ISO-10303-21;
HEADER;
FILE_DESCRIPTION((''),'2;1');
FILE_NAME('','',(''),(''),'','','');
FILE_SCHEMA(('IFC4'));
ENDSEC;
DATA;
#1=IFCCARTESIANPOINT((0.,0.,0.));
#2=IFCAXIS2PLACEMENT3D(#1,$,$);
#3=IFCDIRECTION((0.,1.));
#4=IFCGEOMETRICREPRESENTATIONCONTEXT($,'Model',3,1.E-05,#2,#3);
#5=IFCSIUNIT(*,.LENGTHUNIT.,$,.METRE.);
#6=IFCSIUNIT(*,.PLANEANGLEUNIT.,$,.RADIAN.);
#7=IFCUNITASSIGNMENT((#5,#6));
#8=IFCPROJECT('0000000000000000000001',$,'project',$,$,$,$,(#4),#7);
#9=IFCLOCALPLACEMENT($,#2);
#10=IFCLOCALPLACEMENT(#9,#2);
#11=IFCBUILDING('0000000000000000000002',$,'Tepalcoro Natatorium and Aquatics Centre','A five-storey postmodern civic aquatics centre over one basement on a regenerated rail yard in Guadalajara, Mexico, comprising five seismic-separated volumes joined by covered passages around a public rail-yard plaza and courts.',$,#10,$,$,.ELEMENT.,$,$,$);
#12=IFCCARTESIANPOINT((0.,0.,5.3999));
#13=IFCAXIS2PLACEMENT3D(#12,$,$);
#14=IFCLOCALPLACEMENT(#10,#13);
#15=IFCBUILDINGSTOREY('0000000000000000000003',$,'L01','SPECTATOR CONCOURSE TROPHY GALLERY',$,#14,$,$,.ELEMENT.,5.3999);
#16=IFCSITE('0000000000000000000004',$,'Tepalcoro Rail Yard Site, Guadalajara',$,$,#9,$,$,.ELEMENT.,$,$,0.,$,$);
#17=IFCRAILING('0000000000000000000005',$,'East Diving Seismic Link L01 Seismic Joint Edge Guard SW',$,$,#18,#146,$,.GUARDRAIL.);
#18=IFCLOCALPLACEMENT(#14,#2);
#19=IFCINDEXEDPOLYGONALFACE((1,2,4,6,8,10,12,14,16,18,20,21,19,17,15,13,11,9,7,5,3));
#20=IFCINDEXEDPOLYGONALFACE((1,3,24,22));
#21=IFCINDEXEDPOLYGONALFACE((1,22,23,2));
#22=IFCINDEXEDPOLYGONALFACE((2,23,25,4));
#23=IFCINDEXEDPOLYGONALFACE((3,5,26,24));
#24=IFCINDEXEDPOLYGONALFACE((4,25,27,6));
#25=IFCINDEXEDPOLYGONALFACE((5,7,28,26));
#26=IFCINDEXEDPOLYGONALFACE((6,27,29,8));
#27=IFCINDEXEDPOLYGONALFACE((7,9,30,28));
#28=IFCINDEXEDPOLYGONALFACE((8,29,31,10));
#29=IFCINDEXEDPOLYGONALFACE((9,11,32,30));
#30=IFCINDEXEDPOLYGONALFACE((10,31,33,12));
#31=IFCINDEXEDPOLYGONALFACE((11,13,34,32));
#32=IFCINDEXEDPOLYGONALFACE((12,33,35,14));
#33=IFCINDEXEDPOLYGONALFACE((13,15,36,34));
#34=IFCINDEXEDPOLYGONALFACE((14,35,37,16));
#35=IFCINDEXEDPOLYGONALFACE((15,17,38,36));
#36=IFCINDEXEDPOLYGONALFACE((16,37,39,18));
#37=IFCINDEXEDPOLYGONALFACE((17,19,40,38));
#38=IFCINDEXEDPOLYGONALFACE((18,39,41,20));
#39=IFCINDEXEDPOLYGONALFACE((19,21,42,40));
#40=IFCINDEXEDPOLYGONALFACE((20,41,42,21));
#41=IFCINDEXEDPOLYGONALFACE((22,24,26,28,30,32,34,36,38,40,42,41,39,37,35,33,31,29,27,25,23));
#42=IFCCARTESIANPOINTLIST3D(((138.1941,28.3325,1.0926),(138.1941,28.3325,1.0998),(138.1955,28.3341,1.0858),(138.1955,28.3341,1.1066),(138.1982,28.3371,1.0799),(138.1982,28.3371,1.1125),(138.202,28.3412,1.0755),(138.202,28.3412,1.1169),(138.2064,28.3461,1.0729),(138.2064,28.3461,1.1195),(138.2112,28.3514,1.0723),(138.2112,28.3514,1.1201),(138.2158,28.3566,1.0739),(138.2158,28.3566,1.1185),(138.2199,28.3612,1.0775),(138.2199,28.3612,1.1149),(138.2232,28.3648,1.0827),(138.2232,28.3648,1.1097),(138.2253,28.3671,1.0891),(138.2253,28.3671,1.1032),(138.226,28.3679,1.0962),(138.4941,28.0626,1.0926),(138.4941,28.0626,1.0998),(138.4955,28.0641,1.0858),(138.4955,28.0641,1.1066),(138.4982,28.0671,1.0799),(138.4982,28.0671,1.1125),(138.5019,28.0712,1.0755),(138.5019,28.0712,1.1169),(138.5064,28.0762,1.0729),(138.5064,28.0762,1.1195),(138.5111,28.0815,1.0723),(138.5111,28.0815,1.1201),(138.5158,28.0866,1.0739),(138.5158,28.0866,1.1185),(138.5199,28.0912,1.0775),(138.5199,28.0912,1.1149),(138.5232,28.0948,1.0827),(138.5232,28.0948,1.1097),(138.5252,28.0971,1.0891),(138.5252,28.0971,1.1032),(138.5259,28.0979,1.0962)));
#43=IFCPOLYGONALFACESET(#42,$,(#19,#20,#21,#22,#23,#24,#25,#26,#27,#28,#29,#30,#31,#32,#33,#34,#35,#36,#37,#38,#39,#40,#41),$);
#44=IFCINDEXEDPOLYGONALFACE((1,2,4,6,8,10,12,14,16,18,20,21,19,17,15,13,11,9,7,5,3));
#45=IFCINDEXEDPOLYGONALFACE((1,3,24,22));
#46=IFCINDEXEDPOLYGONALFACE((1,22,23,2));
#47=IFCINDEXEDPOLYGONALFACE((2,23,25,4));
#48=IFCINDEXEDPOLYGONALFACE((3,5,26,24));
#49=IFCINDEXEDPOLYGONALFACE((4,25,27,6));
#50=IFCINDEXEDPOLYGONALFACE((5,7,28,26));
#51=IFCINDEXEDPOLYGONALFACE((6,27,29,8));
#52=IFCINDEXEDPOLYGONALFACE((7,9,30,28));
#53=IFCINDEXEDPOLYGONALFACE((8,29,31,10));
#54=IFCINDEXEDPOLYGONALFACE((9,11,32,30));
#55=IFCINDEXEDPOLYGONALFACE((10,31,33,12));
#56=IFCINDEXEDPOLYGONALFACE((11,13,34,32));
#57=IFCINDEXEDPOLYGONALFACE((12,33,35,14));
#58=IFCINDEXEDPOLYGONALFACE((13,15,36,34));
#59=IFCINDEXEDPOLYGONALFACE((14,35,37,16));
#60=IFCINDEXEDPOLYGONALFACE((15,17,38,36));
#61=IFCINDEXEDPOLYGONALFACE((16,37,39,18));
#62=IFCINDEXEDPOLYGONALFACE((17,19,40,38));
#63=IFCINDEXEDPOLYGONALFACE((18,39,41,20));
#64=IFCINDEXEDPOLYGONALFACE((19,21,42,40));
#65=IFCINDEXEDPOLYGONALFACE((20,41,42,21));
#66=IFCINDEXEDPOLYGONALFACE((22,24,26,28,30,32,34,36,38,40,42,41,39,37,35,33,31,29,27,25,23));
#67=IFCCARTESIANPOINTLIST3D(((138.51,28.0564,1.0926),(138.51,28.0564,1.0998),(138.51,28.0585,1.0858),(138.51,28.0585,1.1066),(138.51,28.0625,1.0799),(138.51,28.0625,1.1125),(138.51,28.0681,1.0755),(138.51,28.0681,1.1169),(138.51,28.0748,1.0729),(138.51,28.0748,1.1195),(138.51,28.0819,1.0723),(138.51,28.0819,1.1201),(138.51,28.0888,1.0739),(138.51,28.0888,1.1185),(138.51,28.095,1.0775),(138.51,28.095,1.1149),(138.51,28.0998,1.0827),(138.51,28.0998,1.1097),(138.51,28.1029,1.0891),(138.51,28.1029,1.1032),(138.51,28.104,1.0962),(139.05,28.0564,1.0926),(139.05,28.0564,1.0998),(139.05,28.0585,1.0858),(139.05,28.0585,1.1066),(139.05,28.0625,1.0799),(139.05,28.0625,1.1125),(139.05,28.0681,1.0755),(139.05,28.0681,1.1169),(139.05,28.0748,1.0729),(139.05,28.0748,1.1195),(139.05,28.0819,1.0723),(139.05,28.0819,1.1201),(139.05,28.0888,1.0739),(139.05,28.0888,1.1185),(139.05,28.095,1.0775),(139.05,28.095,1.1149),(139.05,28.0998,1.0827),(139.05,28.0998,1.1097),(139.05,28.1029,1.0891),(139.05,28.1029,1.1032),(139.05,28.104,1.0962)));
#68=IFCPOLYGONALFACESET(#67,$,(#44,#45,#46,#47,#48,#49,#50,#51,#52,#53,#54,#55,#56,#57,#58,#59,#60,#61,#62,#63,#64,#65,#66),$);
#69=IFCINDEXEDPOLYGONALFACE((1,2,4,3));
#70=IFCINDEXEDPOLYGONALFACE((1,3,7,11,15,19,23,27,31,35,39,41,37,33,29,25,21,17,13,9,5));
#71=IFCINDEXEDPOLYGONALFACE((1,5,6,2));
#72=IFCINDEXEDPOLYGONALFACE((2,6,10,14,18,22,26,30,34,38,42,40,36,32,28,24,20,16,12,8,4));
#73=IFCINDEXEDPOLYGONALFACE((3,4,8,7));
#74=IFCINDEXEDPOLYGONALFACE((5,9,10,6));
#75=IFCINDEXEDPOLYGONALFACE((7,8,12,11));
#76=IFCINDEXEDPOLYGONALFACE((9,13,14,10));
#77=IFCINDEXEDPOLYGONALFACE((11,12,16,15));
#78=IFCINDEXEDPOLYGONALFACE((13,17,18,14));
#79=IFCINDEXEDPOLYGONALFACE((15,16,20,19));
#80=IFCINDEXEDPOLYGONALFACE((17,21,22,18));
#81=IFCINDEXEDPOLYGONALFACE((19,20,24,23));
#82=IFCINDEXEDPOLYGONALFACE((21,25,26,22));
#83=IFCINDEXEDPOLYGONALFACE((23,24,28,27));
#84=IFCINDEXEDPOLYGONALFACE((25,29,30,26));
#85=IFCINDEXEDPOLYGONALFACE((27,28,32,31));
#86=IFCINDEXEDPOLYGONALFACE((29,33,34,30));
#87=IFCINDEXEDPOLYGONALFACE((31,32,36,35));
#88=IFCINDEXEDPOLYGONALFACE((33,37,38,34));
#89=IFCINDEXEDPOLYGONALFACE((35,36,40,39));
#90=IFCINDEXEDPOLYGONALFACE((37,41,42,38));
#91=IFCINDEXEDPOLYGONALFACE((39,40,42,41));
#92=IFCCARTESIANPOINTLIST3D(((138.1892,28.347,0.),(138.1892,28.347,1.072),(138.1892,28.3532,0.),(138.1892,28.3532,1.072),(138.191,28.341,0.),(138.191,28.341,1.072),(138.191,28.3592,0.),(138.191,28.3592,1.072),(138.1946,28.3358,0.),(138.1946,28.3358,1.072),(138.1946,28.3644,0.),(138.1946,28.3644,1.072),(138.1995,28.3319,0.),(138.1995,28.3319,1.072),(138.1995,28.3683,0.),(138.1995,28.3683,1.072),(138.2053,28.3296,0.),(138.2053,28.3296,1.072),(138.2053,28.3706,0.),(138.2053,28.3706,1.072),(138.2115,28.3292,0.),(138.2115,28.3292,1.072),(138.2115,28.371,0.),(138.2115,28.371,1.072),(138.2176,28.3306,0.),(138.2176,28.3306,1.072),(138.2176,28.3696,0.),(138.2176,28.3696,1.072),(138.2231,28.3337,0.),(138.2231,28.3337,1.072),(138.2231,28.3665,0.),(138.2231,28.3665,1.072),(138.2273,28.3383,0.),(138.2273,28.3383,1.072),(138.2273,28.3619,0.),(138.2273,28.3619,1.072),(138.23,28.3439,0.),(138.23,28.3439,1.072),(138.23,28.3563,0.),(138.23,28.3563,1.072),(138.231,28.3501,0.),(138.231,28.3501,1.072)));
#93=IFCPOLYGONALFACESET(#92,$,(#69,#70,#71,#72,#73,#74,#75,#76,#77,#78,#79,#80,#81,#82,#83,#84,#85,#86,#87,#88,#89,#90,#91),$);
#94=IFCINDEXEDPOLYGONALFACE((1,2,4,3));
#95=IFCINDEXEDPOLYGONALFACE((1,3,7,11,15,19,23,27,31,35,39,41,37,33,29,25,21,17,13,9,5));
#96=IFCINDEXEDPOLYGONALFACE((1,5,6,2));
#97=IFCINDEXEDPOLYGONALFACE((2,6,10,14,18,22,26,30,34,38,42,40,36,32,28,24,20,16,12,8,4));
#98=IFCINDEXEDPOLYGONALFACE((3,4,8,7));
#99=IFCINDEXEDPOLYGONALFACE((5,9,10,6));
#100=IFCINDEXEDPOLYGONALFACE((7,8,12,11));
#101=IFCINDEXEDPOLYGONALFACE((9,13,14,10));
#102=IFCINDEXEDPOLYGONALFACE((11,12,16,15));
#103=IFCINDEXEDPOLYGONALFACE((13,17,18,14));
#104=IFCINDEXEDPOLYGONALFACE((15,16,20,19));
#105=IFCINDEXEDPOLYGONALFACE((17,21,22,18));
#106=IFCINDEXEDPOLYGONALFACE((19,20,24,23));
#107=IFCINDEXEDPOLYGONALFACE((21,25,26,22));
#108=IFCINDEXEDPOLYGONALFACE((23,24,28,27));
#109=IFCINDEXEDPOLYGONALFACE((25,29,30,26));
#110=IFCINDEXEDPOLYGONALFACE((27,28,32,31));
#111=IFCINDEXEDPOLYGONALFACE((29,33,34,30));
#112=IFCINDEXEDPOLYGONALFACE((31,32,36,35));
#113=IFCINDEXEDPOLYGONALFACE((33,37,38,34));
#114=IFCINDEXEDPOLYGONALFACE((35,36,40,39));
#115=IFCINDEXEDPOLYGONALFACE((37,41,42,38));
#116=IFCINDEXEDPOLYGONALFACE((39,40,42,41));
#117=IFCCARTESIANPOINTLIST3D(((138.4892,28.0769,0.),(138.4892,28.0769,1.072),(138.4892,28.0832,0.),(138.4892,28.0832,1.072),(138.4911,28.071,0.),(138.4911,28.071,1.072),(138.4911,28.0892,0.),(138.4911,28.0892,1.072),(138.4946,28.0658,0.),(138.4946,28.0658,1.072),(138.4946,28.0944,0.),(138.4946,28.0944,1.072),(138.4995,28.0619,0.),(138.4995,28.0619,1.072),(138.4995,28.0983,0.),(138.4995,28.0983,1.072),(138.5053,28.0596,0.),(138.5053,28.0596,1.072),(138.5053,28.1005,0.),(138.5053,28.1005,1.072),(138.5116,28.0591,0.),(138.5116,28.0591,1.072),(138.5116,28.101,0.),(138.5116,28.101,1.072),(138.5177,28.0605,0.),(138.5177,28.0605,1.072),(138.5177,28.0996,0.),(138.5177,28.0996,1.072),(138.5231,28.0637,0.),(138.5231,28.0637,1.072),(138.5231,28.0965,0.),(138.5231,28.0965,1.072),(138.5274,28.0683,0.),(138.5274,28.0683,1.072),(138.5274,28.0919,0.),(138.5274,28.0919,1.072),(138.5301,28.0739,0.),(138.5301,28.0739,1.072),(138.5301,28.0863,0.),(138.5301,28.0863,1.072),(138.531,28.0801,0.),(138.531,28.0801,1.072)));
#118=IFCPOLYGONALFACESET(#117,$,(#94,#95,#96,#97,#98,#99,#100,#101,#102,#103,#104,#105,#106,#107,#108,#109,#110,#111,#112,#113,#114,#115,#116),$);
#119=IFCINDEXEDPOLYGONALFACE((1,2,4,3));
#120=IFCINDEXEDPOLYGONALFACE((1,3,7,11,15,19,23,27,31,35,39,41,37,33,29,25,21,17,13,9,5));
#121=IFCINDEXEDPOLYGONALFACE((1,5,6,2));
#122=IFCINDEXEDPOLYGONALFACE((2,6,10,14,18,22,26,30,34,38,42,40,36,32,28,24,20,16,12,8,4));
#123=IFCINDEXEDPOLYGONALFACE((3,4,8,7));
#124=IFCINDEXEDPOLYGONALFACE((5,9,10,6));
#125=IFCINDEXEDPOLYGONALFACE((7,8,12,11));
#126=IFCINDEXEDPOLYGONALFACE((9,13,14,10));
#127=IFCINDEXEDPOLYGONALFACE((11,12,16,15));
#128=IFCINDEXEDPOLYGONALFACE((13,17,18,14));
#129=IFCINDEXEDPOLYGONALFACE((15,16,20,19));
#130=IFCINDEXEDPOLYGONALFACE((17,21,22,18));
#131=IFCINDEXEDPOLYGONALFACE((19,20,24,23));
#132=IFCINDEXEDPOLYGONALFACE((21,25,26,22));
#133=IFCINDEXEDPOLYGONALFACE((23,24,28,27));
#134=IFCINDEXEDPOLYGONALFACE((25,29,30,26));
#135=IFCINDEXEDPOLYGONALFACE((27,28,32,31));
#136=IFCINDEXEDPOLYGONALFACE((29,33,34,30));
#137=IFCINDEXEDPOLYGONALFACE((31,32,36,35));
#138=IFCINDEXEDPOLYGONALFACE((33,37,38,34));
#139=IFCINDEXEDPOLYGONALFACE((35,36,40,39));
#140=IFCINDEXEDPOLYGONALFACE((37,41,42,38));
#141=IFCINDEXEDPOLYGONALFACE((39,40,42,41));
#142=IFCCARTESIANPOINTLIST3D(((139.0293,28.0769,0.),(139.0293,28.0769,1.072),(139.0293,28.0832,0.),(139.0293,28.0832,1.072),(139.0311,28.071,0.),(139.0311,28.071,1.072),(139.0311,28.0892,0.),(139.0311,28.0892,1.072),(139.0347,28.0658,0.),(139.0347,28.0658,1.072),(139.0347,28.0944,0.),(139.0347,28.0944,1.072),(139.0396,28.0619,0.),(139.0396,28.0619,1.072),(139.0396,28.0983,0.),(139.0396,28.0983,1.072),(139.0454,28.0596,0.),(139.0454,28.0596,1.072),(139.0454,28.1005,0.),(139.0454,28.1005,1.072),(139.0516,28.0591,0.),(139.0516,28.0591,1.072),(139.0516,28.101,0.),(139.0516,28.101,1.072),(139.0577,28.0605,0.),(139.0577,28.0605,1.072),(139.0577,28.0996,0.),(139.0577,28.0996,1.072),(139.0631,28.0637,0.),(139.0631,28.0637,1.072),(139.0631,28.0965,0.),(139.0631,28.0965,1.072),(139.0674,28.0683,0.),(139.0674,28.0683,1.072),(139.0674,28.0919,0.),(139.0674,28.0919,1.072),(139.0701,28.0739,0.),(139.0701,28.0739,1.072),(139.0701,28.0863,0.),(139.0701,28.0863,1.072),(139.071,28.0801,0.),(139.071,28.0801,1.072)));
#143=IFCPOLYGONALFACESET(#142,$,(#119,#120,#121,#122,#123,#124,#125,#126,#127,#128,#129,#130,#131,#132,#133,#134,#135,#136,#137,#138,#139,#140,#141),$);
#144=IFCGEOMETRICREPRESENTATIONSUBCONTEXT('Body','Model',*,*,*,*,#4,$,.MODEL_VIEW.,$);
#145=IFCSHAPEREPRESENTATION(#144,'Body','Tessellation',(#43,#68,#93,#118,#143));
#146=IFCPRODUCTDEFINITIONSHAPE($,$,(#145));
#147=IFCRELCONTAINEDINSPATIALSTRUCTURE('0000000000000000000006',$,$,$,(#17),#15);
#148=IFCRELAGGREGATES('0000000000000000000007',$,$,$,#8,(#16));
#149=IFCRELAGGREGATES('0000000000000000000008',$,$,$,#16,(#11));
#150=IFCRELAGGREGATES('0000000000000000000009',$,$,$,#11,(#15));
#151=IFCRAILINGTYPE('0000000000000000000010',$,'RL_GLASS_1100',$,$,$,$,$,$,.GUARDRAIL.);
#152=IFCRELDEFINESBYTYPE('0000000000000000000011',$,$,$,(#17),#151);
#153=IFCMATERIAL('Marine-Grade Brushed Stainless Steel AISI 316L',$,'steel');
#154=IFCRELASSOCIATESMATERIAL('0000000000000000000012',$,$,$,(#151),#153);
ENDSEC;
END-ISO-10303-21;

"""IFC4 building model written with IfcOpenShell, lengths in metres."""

from ifc_helpers import new_model, si_unit, direction, frame, origin, origin_2d, place, context, subcontext, project, spatial, circle, extrude, material, type_object, element, save


model = new_model("IFC4")

# Units and contexts
model_context = context("Model", 3, precision=1e-05, world=origin(), true_north=direction((0.0, 1.0)))
body_context = subcontext(model_context, "Body", "Model", "MODEL_VIEW")
ifc_project = project(units=[si_unit("LENGTHUNIT", "METRE"), si_unit("PLANEANGLEUNIT", "RADIAN")], contexts=[model_context])

# Site, building, storey
site_placement = place(None, origin())
site = spatial("IfcSite", under=ifc_project, at=site_placement, Name="Tepalcoro Rail Yard Site, Guadalajara", CompositionType="ELEMENT", RefElevation=0.0)
building_placement = place(site_placement, origin())
building = spatial("IfcBuilding", under=site, at=building_placement, Name="Tepalcoro Natatorium and Aquatics Centre", Description="A five-storey postmodern civic aquatics centre over one basement on a regenerated rail yard in Guadalajara, Mexico, comprising five seismic-separated volumes joined by covered passages around a public rail-yard plaza and courts.", CompositionType="ELEMENT")
storey_placement = place(building_placement, frame((0.0, 0.0, 5.3999)))
storey = spatial("IfcBuildingStorey", under=building, at=storey_placement, Name="L01", Description="SPECTATOR CONCOURSE TROPHY GALLERY", CompositionType="ELEMENT", Elevation=5.3999)

# Railing
ifc_material_1 = material(Name="Marine-Grade Brushed Stainless Steel AISI 316L", Category="steel")
railing_type = type_object("IfcRailingType", Name="RL_GLASS_1100", PredefinedType="GUARDRAIL", material=ifc_material_1)
railing_1_placement = place(storey_placement, frame((138.21, 28.3501, 0.0)))
element("IfcRailing", 1, at=railing_1_placement, inside=storey, type_object=railing_type, Name="East Diving Seismic Link L01 Seismic Joint Edge Guard SW", PredefinedType="GUARDRAIL", context=body_context, shape_type="SweptSolid", body=[
    extrude(circle(Radius=0.0239, at=origin_2d()), frame((0.0, 0.0, 1.0962), z_axis=(0.743324, -0.668931, 0.0), x_axis=(0.668931, 0.743324, 0.0)), (0.0, 0.0, 1.0), 0.4036),
    extrude(circle(Radius=0.0239, at=origin_2d()), frame((0.3, -0.27, 1.0962), z_axis=(1.0, 0.0, 0.0), x_axis=(0.0, 1.0, 0.0)), (0.0, 0.0, 1.0), 0.54),
    extrude(circle(Radius=0.021, at=origin_2d()), origin(), (0.0, 0.0, 1.0), 1.072),
    extrude(circle(Radius=0.021, at=origin_2d()), frame((0.3, -0.27, 0.0)), (0.0, 0.0, 1.0), 1.072),
    extrude(circle(Radius=0.021, at=origin_2d()), frame((0.8401, -0.27, 0.0)), (0.0, 0.0, 1.0), 1.072),
])

save(model, "model.ifc")
